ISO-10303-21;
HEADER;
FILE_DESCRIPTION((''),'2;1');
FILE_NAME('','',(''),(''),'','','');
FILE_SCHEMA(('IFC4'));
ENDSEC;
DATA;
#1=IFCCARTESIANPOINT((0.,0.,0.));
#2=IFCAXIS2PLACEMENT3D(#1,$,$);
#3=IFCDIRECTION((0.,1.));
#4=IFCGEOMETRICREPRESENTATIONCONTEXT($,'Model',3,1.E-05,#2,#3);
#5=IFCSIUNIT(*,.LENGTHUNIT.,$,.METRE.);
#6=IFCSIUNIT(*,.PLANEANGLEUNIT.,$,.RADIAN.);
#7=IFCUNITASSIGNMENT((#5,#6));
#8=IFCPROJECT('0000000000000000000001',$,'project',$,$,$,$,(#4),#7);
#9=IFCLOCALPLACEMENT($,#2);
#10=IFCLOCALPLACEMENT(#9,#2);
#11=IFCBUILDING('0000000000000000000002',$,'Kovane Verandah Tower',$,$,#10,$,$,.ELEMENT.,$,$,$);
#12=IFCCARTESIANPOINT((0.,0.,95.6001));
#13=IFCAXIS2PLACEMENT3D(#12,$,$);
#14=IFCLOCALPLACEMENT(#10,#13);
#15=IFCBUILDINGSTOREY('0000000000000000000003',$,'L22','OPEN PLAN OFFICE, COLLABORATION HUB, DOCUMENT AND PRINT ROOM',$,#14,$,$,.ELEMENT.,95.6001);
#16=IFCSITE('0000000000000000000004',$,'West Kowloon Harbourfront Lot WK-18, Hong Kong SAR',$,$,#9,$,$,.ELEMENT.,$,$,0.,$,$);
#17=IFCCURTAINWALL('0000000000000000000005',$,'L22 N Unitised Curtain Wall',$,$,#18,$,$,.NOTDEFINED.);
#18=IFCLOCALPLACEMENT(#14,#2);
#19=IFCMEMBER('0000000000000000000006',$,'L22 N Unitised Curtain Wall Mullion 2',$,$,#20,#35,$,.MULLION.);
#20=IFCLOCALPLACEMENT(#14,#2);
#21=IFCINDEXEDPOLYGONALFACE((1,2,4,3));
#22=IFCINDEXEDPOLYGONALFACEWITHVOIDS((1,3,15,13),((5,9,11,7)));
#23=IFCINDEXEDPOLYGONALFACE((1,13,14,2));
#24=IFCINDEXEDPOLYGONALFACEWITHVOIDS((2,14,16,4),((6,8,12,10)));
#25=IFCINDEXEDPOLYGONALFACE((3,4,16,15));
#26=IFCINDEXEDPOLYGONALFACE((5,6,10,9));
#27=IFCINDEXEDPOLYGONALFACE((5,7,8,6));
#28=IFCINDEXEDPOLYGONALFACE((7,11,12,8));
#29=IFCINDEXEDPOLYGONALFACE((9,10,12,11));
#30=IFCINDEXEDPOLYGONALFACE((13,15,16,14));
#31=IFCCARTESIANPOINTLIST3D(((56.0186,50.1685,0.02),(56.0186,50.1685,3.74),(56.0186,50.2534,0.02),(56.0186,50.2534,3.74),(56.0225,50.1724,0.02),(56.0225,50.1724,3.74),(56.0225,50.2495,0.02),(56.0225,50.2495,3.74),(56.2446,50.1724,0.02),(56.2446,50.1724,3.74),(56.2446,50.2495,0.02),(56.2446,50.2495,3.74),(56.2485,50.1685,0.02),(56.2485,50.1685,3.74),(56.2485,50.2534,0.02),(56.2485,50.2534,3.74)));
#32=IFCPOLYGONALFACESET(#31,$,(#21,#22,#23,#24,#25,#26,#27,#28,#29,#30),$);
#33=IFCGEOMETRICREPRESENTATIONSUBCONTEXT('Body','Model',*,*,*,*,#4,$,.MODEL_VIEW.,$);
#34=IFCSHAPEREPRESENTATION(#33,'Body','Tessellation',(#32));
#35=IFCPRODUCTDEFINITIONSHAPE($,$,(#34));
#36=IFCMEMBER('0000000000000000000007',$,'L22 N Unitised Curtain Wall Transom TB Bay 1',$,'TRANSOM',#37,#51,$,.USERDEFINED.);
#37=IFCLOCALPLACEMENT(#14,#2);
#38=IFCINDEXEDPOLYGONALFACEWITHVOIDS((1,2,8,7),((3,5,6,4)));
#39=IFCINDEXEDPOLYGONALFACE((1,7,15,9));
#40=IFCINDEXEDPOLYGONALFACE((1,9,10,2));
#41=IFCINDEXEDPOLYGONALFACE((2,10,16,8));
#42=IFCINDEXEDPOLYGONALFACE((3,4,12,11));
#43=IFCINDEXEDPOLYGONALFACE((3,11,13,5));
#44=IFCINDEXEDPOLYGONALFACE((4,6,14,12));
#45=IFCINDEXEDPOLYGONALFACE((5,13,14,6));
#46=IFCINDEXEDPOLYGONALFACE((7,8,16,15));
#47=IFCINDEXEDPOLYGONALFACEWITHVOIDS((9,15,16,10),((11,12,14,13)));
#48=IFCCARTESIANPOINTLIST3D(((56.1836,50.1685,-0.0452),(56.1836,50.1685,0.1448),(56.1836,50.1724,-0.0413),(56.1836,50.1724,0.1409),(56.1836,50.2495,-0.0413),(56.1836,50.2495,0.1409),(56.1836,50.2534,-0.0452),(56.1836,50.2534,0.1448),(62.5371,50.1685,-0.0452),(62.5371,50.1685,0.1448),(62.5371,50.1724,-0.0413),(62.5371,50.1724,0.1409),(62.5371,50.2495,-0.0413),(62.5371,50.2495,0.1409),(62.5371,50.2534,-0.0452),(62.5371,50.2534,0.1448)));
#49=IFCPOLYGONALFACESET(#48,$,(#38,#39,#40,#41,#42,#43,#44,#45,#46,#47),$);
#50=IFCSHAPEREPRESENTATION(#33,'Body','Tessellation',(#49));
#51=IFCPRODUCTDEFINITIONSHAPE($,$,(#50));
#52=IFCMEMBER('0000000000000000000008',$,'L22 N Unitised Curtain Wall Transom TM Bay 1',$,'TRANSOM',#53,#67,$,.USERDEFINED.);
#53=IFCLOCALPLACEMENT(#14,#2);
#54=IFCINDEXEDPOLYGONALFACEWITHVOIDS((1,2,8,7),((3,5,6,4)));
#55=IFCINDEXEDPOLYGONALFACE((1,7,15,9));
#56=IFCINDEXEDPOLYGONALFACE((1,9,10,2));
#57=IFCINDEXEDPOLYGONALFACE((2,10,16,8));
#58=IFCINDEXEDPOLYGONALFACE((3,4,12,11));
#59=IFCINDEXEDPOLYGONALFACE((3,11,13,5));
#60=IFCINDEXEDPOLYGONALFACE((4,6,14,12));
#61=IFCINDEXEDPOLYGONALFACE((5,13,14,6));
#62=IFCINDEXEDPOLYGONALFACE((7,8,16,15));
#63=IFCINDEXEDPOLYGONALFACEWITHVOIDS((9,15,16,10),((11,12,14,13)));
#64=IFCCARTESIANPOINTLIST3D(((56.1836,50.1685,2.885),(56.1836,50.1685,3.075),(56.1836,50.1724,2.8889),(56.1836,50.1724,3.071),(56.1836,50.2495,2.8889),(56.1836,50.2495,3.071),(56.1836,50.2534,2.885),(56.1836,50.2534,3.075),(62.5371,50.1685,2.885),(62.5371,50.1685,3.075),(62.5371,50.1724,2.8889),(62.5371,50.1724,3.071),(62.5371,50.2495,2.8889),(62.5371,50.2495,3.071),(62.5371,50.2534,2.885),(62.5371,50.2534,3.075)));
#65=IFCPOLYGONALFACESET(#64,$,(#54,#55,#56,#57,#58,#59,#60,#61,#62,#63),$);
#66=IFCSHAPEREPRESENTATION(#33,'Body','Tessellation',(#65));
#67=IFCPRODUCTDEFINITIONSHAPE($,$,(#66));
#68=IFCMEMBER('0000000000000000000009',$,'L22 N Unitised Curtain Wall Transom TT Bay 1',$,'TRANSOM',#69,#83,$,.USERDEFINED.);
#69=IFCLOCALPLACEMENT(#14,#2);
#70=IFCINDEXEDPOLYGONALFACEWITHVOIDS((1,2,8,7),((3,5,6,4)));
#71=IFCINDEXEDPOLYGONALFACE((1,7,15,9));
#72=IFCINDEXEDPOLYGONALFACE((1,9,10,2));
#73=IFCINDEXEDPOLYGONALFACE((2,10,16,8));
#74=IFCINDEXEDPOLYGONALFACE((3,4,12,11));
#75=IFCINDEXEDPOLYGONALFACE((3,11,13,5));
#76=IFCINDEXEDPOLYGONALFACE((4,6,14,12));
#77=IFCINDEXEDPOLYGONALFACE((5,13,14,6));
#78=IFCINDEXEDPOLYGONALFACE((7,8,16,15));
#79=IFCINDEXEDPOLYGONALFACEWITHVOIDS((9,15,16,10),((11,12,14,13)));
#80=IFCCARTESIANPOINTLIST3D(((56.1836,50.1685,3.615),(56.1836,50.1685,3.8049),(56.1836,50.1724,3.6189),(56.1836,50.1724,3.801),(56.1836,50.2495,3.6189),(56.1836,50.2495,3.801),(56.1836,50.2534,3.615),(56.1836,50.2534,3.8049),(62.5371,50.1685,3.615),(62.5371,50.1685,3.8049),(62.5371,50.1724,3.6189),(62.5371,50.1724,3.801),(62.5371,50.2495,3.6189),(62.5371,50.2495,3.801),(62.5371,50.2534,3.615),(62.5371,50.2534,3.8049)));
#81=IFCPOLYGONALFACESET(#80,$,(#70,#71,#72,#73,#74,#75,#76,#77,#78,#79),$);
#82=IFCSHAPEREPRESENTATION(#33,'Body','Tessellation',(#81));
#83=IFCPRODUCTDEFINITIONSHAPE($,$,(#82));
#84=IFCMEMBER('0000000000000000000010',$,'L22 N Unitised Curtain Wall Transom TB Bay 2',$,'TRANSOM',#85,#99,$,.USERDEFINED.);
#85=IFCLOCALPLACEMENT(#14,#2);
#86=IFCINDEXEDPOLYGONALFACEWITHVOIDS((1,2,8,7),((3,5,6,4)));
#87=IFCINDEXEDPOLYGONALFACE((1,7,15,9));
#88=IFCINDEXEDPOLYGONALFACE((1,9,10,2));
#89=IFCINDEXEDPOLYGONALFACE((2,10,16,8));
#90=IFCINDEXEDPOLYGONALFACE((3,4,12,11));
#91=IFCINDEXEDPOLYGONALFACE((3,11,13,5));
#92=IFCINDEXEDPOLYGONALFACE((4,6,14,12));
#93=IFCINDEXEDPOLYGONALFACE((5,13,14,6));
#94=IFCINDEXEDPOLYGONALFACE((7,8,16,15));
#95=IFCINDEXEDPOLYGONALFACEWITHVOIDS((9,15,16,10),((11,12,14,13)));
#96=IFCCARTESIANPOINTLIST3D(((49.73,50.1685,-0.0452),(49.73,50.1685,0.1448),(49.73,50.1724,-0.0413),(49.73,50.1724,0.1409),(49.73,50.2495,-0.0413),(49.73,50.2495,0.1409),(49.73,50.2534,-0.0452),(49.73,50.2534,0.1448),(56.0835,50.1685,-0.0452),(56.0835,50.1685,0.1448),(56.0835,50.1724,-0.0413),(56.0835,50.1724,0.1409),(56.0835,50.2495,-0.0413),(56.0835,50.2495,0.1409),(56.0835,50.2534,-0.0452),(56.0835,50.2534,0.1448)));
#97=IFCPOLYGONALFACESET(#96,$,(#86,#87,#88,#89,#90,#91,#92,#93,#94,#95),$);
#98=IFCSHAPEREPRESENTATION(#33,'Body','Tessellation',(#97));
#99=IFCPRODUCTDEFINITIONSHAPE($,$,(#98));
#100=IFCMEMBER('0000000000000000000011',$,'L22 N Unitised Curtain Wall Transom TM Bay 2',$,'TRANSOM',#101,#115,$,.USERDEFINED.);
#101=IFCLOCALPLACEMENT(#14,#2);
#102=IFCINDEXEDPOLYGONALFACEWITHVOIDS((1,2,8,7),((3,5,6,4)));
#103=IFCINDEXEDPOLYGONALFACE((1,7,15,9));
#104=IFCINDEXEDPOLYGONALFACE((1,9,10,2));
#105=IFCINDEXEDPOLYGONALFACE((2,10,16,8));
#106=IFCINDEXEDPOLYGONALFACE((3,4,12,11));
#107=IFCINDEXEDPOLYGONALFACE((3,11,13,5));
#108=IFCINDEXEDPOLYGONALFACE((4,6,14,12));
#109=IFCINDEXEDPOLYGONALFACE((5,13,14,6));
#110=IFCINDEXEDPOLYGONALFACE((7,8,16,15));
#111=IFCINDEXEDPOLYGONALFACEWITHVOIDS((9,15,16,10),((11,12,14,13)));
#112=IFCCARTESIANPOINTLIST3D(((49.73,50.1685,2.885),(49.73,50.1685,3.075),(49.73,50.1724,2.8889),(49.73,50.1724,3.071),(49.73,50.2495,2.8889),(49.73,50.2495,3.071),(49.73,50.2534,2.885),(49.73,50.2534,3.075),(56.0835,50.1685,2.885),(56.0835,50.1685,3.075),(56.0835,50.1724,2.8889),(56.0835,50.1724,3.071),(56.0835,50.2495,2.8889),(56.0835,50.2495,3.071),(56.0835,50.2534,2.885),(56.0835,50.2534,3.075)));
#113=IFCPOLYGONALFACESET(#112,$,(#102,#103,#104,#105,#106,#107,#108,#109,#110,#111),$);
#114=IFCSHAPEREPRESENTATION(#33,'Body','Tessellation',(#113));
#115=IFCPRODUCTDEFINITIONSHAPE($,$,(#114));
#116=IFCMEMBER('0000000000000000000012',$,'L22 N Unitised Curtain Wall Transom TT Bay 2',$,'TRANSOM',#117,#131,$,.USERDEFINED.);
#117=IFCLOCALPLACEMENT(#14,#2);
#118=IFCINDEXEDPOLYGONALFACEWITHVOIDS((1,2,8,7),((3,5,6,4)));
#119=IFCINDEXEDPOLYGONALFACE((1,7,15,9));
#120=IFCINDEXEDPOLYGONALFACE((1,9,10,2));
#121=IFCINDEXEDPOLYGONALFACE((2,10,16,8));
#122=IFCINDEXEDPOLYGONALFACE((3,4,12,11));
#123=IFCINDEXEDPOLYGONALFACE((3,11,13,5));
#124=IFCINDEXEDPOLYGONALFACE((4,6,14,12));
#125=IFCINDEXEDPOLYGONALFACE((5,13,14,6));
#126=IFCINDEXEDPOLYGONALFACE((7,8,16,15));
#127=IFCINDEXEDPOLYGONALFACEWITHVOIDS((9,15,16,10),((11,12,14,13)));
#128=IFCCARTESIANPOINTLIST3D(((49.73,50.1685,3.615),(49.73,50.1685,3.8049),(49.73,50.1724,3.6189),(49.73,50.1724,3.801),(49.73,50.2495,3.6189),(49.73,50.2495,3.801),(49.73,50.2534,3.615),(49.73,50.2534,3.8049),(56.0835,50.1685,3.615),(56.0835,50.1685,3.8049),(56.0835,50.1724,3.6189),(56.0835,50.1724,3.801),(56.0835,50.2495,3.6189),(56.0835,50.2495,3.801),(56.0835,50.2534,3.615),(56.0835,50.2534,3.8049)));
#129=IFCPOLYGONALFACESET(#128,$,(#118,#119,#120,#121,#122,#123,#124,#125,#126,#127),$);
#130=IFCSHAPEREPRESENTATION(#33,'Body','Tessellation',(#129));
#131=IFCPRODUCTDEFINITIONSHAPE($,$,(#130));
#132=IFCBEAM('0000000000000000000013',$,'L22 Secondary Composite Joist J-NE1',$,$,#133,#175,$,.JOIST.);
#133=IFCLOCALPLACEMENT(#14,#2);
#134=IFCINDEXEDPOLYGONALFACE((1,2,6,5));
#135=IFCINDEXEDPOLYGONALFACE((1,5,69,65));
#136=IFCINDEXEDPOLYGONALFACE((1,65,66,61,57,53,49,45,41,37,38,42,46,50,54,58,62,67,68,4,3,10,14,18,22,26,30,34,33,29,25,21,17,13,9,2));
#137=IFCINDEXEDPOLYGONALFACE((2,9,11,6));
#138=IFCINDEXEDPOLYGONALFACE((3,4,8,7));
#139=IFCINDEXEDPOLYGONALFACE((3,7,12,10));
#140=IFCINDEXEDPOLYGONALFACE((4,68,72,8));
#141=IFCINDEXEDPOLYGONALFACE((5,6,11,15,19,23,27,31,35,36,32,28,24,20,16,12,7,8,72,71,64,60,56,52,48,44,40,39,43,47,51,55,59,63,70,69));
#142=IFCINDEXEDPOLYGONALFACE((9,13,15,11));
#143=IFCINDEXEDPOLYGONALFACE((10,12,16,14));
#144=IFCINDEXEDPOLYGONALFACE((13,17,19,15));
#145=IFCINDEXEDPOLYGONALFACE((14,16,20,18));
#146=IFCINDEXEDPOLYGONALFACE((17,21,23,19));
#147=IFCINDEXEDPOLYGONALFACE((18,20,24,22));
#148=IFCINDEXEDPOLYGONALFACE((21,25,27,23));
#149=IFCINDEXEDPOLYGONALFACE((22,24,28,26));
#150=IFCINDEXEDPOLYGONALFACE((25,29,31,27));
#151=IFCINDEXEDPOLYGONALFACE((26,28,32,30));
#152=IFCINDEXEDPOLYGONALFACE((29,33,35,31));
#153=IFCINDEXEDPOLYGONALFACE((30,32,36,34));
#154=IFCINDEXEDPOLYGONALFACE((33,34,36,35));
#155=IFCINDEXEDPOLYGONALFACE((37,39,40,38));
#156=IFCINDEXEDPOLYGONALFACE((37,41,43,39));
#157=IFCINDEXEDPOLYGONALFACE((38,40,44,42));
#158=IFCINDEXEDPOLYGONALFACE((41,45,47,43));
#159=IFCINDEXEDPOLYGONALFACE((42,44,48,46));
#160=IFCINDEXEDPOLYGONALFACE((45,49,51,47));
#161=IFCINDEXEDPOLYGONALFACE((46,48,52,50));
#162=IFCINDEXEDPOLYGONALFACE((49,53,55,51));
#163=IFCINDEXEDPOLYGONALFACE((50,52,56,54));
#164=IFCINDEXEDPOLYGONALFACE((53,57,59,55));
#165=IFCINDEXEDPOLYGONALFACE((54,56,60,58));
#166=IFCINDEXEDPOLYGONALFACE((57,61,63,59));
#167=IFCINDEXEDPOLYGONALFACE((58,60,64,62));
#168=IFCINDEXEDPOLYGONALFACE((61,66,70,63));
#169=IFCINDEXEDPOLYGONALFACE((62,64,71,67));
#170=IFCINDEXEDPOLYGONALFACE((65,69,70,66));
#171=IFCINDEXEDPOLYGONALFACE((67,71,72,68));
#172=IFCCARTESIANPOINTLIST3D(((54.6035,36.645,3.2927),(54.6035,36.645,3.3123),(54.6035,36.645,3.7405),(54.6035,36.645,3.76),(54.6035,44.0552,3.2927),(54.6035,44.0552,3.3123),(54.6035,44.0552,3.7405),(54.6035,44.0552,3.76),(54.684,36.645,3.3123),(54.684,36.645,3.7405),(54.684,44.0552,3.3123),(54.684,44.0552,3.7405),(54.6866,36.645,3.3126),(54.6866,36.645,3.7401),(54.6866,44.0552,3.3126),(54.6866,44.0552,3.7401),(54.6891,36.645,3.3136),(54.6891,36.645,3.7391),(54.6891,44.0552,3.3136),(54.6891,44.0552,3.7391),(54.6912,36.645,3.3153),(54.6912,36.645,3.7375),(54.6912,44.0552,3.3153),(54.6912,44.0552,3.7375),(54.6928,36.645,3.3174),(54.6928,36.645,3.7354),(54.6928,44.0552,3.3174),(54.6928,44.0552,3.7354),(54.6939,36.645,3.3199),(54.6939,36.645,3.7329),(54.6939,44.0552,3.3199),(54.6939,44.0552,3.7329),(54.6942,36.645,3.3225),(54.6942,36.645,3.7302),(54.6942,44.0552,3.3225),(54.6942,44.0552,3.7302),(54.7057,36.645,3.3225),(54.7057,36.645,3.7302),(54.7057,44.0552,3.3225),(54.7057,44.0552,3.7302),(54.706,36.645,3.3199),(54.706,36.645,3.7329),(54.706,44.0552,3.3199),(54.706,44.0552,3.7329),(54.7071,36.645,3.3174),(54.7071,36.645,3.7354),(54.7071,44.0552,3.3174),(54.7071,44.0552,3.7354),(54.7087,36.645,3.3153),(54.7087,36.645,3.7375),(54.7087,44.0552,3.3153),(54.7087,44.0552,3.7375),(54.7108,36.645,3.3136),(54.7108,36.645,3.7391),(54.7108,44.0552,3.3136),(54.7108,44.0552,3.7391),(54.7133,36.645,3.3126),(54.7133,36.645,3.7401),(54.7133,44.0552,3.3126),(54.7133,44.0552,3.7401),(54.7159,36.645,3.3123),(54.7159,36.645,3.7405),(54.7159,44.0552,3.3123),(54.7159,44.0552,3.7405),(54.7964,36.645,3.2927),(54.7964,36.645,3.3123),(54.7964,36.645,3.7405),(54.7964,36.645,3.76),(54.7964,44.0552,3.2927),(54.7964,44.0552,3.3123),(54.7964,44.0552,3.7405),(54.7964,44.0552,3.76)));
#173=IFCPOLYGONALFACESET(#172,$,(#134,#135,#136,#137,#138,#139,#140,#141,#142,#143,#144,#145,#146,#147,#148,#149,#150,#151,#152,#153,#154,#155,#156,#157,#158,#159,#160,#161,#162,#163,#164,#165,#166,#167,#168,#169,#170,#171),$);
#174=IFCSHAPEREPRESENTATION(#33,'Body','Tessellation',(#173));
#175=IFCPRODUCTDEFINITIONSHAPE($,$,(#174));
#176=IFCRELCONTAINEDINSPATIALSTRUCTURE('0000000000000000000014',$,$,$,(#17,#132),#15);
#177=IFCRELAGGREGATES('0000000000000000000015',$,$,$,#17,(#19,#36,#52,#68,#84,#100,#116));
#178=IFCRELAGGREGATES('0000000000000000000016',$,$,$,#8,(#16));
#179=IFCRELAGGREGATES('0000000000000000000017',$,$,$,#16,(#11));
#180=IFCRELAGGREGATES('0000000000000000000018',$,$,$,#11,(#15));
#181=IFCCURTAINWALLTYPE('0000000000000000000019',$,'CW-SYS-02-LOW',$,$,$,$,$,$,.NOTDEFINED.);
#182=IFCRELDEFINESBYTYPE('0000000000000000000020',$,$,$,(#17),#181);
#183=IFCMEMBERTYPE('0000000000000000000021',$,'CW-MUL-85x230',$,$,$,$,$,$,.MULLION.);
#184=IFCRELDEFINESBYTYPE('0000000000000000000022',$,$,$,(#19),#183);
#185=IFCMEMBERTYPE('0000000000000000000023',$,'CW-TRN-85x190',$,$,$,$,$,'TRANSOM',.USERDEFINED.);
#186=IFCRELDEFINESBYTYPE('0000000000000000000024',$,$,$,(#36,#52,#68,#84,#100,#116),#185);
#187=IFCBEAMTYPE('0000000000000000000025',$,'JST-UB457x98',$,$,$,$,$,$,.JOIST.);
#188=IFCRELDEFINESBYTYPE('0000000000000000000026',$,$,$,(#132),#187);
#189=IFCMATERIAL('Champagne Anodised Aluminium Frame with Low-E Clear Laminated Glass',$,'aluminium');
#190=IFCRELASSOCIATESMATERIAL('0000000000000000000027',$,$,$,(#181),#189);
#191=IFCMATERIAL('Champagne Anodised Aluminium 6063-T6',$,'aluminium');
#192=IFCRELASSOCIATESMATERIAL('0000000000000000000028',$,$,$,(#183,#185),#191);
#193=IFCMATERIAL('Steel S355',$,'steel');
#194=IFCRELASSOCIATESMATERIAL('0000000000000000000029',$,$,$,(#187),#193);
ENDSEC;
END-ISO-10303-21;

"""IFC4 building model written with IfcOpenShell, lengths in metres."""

from ifc_helpers import new_model, si_unit, direction, frame, origin, origin_2d, place, context, subcontext, project, spatial, hollow_rectangle, i_section, extrude, material, material_profile, profile_set, type_object, element, aggregate, save


model = new_model("IFC4")

# Units and contexts
model_context = context("Model", 3, precision=1e-05, world=origin(), true_north=direction((0.0, 1.0)))
body_context = subcontext(model_context, "Body", "Model", "MODEL_VIEW")
ifc_project = project(units=[si_unit("LENGTHUNIT", "METRE"), si_unit("PLANEANGLEUNIT", "RADIAN")], contexts=[model_context])

# Site, building, storey
site_placement = place(None, origin())
site = spatial("IfcSite", under=ifc_project, at=site_placement, Name="West Kowloon Harbourfront Lot WK-18, Hong Kong SAR", CompositionType="ELEMENT", RefElevation=0.0)
building_placement = place(site_placement, origin())
building = spatial("IfcBuilding", under=site, at=building_placement, Name="Kovane Verandah Tower", CompositionType="ELEMENT")
storey_placement = place(building_placement, frame((0.0, 0.0, 95.6001)))
storey = spatial("IfcBuildingStorey", under=building, at=storey_placement, Name="L22", Description="OPEN PLAN OFFICE, COLLABORATION HUB, DOCUMENT AND PRINT ROOM", CompositionType="ELEMENT", Elevation=95.6001)

# Shared definitions
ifc_material_1 = material(Name="Steel S355", Category="steel")

# Curtain wall, members
ifc_material_2 = material(Name="Champagne Anodised Aluminium Frame with Low-E Clear Laminated Glass", Category="aluminium")
curtain_wall_type = type_object("IfcCurtainWallType", Name="CW-SYS-02-LOW", PredefinedType="NOTDEFINED", material=ifc_material_2)
curtain_wall_placement = place(storey_placement, origin())
curtain_wall = element("IfcCurtainWall", 1, at=curtain_wall_placement, inside=storey, type_object=curtain_wall_type, Name="L22 N Unitised Curtain Wall", PredefinedType="NOTDEFINED")
ifc_material_3 = material(Name="Champagne Anodised Aluminium 6063-T6", Category="aluminium")
ifc_material_profile_1 = material_profile(ifc_material_3, hollow_rectangle(XDim=0.085, YDim=0.23, WallThickness=0.0039, at=origin_2d()), Name="AL85x230x4")
ifc_profile_set_1 = profile_set([ifc_material_profile_1], Name="Champagne Anodised Aluminium 6063-T6")
member_type_1 = type_object("IfcMemberType", Name="CW-MUL-85x230", PredefinedType="MULLION", material=ifc_profile_set_1)
member_1_placement = place(storey_placement, frame((56.1335, 50.2109, 0.02), z_axis=(0.0, 0.0, 1.0), x_axis=(0.0, 1.0, 0.0)))
member_1 = element("IfcMember", 2, at=member_1_placement, type_object=member_type_1, Name="L22 N Unitised Curtain Wall Mullion 2", PredefinedType="MULLION", context=body_context, shape_type="SweptSolid", body=[
    extrude(hollow_rectangle(XDim=0.085, YDim=0.23, WallThickness=0.0039, at=origin_2d()), origin(), (0.0, 0.0, 1.0), 3.72),
])
ifc_material_profile_2 = material_profile(ifc_material_3, hollow_rectangle(XDim=0.085, YDim=0.1899, WallThickness=0.0039, at=origin_2d()), Name="AL85x190x4")
ifc_profile_set_2 = profile_set([ifc_material_profile_2], Name="Champagne Anodised Aluminium 6063-T6")
member_type_2 = type_object("IfcMemberType", Name="CW-TRN-85x190", ElementType="TRANSOM", PredefinedType="USERDEFINED", material=ifc_profile_set_2)
member_2_placement = place(storey_placement, frame((62.5371, 50.2109, 0.0498), z_axis=(-1.0, 0.0, 0.0), x_axis=(0.0, -1.0, 0.0)))
member_2 = element("IfcMember", 3, at=member_2_placement, type_object=member_type_2, Name="L22 N Unitised Curtain Wall Transom TB Bay 1", ObjectType="TRANSOM", PredefinedType="USERDEFINED", context=body_context, shape_type="SweptSolid", body=[
    extrude(hollow_rectangle(XDim=0.085, YDim=0.1899, WallThickness=0.0039, at=origin_2d()), origin(), (0.0, 0.0, 1.0), 6.3535),
])
member_3_placement = place(storey_placement, frame((62.5371, 50.2109, 2.98), z_axis=(-1.0, 0.0, 0.0), x_axis=(0.0, -1.0, 0.0)))
member_3 = element("IfcMember", 4, at=member_3_placement, type_object=member_type_2, Name="L22 N Unitised Curtain Wall Transom TM Bay 1", ObjectType="TRANSOM", PredefinedType="USERDEFINED", context=body_context, shape_type="SweptSolid", body=[
    extrude(hollow_rectangle(XDim=0.085, YDim=0.1899, WallThickness=0.0039, at=origin_2d()), origin(), (0.0, 0.0, 1.0), 6.3535),
])
member_4_placement = place(storey_placement, frame((62.5371, 50.2109, 3.71), z_axis=(-1.0, 0.0, 0.0), x_axis=(0.0, -1.0, 0.0)))
member_4 = element("IfcMember", 5, at=member_4_placement, type_object=member_type_2, Name="L22 N Unitised Curtain Wall Transom TT Bay 1", ObjectType="TRANSOM", PredefinedType="USERDEFINED", context=body_context, shape_type="SweptSolid", body=[
    extrude(hollow_rectangle(XDim=0.085, YDim=0.1899, WallThickness=0.0039, at=origin_2d()), origin(), (0.0, 0.0, 1.0), 6.3535),
])
member_5_placement = place(storey_placement, frame((56.0835, 50.2109, 0.0498), z_axis=(-1.0, 0.0, 0.0), x_axis=(0.0, -1.0, 0.0)))
member_5 = element("IfcMember", 6, at=member_5_placement, type_object=member_type_2, Name="L22 N Unitised Curtain Wall Transom TB Bay 2", ObjectType="TRANSOM", PredefinedType="USERDEFINED", context=body_context, shape_type="SweptSolid", body=[
    extrude(hollow_rectangle(XDim=0.085, YDim=0.1899, WallThickness=0.0039, at=origin_2d()), origin(), (0.0, 0.0, 1.0), 6.3535),
])
member_6_placement = place(storey_placement, frame((56.0835, 50.2109, 2.98), z_axis=(-1.0, 0.0, 0.0), x_axis=(0.0, -1.0, 0.0)))
member_6 = element("IfcMember", 7, at=member_6_placement, type_object=member_type_2, Name="L22 N Unitised Curtain Wall Transom TM Bay 2", ObjectType="TRANSOM", PredefinedType="USERDEFINED", context=body_context, shape_type="SweptSolid", body=[
    extrude(hollow_rectangle(XDim=0.085, YDim=0.1899, WallThickness=0.0039, at=origin_2d()), origin(), (0.0, 0.0, 1.0), 6.3535),
])
member_7_placement = place(storey_placement, frame((56.0835, 50.2109, 3.71), z_axis=(-1.0, 0.0, 0.0), x_axis=(0.0, -1.0, 0.0)))
member_7 = element("IfcMember", 8, at=member_7_placement, type_object=member_type_2, Name="L22 N Unitised Curtain Wall Transom TT Bay 2", ObjectType="TRANSOM", PredefinedType="USERDEFINED", context=body_context, shape_type="SweptSolid", body=[
    extrude(hollow_rectangle(XDim=0.085, YDim=0.1899, WallThickness=0.0039, at=origin_2d()), origin(), (0.0, 0.0, 1.0), 6.3535),
])

# Beam
ifc_material_profile_3 = material_profile(ifc_material_1, i_section(OverallWidth=0.1929, OverallDepth=0.4673, WebThickness=0.0115, FlangeThickness=0.0195, FilletRadius=0.0103, at=origin_2d()), Name="UB457x191x98")
ifc_profile_set_3 = profile_set([ifc_material_profile_3], Name="Steel S355")
beam_type_1 = type_object("IfcBeamType", Name="JST-UB457x98", PredefinedType="JOIST", material=ifc_profile_set_3)
beam_1_placement = place(storey_placement, frame((54.7, 36.645, 3.5264), z_axis=(0.0, 1.0, 0.0), x_axis=(-1.0, 0.0, 0.0)))
element("IfcBeam", 9, at=beam_1_placement, inside=storey, type_object=beam_type_1, Name="L22 Secondary Composite Joist J-NE1", PredefinedType="JOIST", context=body_context, shape_type="SweptSolid", body=[
    extrude(i_section(OverallWidth=0.1929, OverallDepth=0.4673, WebThickness=0.0115, FlangeThickness=0.0195, FilletRadius=0.0103, at=origin_2d()), origin(), (0.0, 0.0, 1.0), 7.4102),
])

aggregate(curtain_wall, [member_1, member_2, member_3, member_4, member_5, member_6, member_7])

save(model, "model.ifc")
